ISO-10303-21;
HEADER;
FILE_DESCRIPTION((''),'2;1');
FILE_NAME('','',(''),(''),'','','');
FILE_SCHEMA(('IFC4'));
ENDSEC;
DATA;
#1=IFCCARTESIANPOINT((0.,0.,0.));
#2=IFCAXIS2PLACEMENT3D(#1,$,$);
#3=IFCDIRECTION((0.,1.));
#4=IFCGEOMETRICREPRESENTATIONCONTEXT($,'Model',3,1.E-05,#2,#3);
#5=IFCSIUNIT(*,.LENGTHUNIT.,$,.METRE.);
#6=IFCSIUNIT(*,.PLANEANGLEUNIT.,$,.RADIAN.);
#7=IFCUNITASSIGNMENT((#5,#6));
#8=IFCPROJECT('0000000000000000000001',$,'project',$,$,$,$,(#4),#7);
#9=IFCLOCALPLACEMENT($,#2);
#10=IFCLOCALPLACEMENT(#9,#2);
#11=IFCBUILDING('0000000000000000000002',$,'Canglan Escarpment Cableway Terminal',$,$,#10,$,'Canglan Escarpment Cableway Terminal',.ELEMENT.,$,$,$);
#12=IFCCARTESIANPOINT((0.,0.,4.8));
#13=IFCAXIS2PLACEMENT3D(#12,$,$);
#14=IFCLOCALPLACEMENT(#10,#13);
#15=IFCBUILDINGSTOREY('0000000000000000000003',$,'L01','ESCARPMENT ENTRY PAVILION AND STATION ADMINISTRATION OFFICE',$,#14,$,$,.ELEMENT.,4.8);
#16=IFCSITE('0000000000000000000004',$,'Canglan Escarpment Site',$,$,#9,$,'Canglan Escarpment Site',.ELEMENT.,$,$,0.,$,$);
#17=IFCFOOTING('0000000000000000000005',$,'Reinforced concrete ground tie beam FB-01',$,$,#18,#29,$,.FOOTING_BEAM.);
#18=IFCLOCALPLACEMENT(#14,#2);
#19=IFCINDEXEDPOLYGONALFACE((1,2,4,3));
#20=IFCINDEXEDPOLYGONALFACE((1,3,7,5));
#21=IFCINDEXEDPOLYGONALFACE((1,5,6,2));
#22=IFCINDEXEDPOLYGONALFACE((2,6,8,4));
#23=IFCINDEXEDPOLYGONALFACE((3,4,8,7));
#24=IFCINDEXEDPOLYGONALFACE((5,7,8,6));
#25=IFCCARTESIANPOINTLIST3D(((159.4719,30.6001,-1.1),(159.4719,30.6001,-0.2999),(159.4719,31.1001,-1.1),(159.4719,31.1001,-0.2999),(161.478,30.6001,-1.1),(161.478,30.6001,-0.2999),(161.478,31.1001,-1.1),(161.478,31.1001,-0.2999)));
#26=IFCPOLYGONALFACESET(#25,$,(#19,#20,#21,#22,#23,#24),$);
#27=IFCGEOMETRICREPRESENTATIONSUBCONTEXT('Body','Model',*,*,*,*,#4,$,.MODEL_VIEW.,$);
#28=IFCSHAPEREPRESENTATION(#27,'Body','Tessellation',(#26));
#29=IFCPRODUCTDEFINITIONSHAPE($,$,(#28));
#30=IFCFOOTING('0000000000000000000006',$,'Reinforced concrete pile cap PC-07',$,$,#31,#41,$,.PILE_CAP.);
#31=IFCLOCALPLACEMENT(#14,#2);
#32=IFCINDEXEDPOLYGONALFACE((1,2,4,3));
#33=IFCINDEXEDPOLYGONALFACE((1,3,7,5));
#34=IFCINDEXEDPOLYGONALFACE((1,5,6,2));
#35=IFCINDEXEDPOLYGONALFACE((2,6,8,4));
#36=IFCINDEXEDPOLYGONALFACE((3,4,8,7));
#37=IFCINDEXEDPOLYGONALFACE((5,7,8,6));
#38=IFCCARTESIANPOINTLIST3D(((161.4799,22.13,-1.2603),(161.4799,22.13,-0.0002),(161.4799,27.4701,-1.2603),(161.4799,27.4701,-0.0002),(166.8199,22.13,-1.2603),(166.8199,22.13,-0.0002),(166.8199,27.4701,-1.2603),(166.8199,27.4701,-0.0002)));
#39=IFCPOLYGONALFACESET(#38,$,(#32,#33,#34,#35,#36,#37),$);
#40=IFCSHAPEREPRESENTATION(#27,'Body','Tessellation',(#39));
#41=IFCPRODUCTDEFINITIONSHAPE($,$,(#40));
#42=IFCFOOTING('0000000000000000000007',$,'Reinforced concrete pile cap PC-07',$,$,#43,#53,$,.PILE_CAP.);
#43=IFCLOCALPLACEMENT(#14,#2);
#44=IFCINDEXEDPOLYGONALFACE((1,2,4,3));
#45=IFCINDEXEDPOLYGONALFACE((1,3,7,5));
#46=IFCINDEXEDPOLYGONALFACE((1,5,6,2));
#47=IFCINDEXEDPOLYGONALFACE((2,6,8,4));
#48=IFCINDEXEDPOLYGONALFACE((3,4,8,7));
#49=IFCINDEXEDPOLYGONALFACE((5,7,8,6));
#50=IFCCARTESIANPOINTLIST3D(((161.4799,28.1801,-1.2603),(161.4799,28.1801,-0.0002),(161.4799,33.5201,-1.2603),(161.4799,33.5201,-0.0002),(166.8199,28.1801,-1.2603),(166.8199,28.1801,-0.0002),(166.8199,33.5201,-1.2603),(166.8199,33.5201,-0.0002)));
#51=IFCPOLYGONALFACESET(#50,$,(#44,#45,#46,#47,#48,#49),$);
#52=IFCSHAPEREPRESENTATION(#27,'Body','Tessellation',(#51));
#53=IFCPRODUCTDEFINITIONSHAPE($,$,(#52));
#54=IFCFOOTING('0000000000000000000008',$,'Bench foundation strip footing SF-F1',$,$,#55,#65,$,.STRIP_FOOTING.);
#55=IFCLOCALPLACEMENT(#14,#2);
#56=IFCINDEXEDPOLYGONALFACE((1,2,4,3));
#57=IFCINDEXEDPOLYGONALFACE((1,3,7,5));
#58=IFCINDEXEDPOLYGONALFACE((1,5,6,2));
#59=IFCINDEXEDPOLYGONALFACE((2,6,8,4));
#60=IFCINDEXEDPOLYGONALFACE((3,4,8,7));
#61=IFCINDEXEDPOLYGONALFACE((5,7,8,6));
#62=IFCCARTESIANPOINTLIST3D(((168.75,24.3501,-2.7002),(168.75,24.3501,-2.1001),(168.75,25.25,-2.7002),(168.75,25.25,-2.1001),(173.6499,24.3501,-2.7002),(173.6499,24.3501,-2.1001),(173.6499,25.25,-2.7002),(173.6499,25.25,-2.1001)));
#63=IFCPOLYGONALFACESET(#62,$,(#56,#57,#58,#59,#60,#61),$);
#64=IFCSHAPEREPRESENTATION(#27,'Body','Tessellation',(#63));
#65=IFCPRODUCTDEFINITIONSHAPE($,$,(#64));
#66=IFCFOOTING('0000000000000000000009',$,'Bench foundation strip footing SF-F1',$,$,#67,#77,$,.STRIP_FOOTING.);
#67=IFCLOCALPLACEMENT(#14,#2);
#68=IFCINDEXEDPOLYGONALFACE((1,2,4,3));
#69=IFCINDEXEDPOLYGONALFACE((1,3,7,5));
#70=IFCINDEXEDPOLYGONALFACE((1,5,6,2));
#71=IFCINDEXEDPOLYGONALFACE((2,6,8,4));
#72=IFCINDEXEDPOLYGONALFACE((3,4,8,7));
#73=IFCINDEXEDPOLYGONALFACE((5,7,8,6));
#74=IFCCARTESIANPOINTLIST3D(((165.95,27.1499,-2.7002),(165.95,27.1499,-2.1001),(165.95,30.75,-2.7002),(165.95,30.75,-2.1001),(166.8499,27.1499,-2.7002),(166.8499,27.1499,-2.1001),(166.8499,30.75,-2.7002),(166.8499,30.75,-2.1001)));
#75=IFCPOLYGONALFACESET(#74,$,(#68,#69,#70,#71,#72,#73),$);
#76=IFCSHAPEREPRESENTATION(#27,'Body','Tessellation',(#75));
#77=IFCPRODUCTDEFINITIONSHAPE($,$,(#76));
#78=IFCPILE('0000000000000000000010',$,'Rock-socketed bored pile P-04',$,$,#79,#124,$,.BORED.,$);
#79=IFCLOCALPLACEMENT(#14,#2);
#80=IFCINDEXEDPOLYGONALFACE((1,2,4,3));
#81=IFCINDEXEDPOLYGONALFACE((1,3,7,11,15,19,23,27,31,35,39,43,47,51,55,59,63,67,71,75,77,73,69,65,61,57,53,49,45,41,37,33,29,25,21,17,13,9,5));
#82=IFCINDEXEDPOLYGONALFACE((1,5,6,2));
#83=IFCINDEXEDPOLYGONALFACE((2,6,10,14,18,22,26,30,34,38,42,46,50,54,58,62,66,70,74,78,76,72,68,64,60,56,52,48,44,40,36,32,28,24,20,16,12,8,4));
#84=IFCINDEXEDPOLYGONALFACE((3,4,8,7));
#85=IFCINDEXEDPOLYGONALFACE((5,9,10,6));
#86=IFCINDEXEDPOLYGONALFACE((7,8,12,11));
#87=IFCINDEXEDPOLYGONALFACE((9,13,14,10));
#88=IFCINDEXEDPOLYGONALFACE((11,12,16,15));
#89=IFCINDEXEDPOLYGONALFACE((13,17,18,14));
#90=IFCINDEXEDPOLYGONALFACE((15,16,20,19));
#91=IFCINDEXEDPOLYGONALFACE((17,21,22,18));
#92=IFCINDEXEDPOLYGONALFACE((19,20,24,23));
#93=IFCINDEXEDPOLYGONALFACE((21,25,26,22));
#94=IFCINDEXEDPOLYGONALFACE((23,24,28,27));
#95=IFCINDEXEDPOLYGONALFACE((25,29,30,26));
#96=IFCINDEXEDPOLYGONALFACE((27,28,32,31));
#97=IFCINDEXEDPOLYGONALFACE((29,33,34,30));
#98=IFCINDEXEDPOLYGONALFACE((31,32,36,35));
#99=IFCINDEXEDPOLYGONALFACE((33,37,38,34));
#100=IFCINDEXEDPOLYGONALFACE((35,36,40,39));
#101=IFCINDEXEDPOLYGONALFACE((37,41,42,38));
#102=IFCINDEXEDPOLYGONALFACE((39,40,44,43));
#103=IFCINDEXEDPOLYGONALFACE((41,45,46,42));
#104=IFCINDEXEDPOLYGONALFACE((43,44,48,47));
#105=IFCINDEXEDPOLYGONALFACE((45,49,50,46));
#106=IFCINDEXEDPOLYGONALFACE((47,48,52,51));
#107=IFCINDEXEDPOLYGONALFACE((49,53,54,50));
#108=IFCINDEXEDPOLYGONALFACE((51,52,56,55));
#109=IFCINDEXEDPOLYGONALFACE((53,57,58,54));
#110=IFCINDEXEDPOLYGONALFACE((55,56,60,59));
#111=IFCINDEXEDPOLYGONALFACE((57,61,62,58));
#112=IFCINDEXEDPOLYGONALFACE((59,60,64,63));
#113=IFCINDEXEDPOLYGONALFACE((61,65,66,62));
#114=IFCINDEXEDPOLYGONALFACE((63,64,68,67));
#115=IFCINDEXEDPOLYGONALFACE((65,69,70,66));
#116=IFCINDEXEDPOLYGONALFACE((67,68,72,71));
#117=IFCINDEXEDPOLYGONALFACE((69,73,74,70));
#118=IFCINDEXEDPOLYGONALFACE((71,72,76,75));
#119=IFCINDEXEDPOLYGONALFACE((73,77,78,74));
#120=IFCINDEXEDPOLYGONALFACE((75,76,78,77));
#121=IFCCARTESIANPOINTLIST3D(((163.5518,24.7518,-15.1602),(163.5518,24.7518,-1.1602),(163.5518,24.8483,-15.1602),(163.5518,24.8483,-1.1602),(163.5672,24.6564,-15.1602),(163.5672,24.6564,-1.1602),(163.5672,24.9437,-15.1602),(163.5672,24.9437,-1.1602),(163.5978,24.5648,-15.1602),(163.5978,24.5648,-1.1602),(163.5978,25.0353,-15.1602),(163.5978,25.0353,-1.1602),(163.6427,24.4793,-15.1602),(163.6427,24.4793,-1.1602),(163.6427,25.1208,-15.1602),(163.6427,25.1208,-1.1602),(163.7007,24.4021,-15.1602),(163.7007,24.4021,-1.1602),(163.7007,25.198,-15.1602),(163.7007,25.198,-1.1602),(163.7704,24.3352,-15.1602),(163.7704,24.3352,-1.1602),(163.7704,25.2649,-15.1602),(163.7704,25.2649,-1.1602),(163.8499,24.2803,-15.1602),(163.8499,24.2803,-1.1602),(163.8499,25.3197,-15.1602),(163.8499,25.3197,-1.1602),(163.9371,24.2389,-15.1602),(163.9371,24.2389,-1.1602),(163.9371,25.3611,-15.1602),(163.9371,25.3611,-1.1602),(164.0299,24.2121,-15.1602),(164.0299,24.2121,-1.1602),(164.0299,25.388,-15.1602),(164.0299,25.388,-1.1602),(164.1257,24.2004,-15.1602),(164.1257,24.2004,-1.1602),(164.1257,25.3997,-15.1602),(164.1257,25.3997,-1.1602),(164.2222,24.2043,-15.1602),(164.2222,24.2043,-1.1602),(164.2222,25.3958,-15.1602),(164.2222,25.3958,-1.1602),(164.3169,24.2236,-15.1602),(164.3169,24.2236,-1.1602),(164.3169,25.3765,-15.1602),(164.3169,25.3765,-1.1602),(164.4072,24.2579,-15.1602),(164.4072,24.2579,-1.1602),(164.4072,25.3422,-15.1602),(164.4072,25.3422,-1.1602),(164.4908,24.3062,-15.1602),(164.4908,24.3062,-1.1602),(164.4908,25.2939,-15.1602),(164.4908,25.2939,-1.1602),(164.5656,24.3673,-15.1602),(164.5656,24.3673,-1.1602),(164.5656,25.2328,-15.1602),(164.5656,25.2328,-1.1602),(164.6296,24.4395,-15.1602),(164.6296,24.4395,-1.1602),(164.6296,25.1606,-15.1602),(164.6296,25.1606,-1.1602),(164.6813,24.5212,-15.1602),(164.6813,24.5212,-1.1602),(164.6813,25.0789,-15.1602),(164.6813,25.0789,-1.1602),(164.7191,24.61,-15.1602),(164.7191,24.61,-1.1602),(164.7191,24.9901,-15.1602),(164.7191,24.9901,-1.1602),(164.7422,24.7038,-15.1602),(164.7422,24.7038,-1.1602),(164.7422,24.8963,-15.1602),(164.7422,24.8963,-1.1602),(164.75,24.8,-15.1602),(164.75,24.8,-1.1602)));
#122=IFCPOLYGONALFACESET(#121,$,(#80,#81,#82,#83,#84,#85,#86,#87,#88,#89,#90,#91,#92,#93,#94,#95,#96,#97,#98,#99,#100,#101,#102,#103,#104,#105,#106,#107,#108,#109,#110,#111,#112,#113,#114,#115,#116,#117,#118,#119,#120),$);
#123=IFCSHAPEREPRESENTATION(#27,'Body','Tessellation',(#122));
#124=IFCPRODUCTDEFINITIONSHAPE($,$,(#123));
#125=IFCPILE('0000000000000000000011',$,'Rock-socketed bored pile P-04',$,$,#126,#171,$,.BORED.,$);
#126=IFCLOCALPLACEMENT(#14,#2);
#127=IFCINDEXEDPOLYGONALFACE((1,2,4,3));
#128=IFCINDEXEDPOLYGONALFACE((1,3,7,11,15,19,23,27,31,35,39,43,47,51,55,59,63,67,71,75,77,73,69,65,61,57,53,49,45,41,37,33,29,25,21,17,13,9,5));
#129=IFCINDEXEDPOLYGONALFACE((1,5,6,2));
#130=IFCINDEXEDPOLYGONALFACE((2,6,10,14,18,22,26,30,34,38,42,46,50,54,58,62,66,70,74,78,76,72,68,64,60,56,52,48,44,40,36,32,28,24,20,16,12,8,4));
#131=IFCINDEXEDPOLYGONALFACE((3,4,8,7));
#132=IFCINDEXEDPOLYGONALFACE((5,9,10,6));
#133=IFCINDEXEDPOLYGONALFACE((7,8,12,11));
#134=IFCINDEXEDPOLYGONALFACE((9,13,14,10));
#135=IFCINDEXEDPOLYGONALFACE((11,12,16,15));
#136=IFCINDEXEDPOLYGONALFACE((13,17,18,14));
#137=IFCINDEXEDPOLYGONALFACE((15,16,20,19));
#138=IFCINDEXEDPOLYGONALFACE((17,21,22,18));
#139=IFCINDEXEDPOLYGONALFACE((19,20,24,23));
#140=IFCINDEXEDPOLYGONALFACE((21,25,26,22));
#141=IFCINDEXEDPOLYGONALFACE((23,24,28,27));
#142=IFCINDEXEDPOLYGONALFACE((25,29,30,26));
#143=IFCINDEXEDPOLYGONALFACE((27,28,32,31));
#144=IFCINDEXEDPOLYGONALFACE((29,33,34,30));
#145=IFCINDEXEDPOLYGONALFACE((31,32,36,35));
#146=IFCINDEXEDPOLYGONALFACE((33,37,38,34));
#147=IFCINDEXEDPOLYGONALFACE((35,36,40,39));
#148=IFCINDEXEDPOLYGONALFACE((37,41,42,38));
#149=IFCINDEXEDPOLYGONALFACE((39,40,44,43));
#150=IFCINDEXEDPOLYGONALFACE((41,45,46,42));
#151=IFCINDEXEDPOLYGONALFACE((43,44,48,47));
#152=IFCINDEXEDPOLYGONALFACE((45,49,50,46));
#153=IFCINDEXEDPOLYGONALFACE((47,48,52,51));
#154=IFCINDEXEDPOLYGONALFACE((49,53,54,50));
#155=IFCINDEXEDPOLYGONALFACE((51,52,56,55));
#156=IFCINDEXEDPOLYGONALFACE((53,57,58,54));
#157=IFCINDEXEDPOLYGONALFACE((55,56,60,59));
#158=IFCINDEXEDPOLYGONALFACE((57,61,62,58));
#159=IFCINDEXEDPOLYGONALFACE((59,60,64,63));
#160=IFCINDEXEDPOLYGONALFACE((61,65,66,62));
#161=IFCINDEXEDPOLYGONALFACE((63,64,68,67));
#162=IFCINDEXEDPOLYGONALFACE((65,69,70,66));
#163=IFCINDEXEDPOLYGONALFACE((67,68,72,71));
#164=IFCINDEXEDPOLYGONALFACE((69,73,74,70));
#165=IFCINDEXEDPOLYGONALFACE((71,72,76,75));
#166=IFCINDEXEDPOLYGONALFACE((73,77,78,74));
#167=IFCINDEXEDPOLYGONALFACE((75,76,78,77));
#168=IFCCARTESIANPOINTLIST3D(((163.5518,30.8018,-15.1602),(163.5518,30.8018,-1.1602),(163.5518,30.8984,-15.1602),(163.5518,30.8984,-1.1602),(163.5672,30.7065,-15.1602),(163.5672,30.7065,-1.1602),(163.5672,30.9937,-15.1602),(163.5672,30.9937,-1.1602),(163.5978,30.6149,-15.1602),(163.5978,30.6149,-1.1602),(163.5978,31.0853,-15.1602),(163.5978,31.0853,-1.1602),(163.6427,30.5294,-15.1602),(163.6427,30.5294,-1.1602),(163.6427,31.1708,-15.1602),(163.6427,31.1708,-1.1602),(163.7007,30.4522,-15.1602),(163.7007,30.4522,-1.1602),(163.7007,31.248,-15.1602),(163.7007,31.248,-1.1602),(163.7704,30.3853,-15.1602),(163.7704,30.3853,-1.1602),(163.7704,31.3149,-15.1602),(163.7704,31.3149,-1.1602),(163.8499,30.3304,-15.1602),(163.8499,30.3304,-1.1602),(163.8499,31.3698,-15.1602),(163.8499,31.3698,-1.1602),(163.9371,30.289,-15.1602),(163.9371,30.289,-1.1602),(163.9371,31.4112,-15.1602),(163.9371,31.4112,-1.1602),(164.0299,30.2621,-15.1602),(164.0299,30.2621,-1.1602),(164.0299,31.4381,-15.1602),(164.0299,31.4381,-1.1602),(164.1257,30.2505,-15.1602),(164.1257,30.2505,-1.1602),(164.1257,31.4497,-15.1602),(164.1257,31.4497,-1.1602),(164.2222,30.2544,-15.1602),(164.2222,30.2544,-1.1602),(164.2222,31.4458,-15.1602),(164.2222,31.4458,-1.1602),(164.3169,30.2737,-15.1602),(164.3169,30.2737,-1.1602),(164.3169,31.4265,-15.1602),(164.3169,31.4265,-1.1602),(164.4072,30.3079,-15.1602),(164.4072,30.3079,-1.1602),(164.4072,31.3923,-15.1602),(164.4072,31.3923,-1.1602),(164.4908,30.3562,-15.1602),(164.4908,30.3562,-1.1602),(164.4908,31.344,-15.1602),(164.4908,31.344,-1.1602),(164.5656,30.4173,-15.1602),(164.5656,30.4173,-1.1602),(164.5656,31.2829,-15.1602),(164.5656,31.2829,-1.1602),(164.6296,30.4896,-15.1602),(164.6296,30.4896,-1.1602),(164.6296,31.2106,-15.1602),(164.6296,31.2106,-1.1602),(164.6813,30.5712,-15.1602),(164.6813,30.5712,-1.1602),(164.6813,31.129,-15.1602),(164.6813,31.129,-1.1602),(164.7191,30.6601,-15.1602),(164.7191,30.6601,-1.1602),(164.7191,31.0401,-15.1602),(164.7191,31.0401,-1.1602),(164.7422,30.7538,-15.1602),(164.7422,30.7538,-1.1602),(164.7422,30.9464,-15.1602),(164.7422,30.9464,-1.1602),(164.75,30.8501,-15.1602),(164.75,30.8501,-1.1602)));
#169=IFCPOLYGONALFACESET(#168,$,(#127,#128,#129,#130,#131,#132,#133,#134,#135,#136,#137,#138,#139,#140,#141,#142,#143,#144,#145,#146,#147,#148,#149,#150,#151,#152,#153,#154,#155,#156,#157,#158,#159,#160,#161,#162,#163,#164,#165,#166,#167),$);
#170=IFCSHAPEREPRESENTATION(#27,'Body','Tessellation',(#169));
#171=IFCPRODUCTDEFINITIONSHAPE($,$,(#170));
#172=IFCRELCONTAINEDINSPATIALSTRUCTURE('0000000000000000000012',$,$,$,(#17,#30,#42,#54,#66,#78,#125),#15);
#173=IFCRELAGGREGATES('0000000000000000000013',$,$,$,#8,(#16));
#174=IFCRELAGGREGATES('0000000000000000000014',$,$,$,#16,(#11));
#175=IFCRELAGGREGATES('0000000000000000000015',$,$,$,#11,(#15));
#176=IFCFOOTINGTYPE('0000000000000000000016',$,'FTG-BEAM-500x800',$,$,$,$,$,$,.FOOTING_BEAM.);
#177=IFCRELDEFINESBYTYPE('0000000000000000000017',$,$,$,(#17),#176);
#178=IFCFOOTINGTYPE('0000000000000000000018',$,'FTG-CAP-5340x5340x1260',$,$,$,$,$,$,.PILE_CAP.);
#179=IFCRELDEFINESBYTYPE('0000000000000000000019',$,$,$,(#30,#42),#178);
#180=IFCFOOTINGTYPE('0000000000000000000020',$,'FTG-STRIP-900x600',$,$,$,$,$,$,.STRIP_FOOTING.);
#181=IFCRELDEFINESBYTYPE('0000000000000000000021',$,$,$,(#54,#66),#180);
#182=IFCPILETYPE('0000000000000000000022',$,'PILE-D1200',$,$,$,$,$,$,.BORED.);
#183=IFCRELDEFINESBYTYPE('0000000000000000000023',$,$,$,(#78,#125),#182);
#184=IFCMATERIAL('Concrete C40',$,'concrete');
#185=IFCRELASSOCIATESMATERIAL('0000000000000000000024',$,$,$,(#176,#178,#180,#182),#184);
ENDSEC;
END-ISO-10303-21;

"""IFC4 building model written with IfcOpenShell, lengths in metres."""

from ifc_helpers import new_model, si_unit, direction, frame, origin, origin_2d, place, context, subcontext, project, spatial, rectangle, circle, extrude, material, material_profile, profile_set, type_object, element, save


model = new_model("IFC4")

# Units and contexts
model_context = context("Model", 3, precision=1e-05, world=origin(), true_north=direction((0.0, 1.0)))
body_context = subcontext(model_context, "Body", "Model", "MODEL_VIEW")
ifc_project = project(units=[si_unit("LENGTHUNIT", "METRE"), si_unit("PLANEANGLEUNIT", "RADIAN")], contexts=[model_context])

# Site, building, storey
site_placement = place(None, origin())
site = spatial("IfcSite", under=ifc_project, at=site_placement, Name="Canglan Escarpment Site", LongName="Canglan Escarpment Site", CompositionType="ELEMENT", RefElevation=0.0)
building_placement = place(site_placement, origin())
building = spatial("IfcBuilding", under=site, at=building_placement, Name="Canglan Escarpment Cableway Terminal", LongName="Canglan Escarpment Cableway Terminal", CompositionType="ELEMENT")
storey_placement = place(building_placement, frame((0.0, 0.0, 4.8)))
storey = spatial("IfcBuildingStorey", under=building, at=storey_placement, Name="L01", Description="ESCARPMENT ENTRY PAVILION AND STATION ADMINISTRATION OFFICE", CompositionType="ELEMENT", Elevation=4.8)

# Footings
ifc_material_1 = material(Name="Concrete C40", Category="concrete")
ifc_material_profile_1 = material_profile(ifc_material_1, rectangle(XDim=0.5, YDim=0.8, at=origin_2d()), Name="FB 500x800")
ifc_profile_set_1 = profile_set([ifc_material_profile_1], Name="Concrete C40")
footing_type_1 = type_object("IfcFootingType", Name="FTG-BEAM-500x800", PredefinedType="FOOTING_BEAM", material=ifc_profile_set_1)
footing_1_placement = place(storey_placement, frame((159.4719, 30.8501, -0.7), z_axis=(1.0, 0.0, 0.0), x_axis=(0.0, 1.0, 0.0)))
element("IfcFooting", 1, at=footing_1_placement, inside=storey, type_object=footing_type_1, Name="Reinforced concrete ground tie beam FB-01", PredefinedType="FOOTING_BEAM", context=body_context, shape_type="SweptSolid", body=[
    extrude(rectangle(XDim=0.5, YDim=0.8, at=origin_2d()), origin(), (0.0, 0.0, 1.0), 2.0061),
])
footing_type_2 = type_object("IfcFootingType", Name="FTG-CAP-5340x5340x1260", PredefinedType="PILE_CAP", material=ifc_material_1)
for number, where, z_axis, x_axis, name in (
    (2, (164.1499, 24.8, -1.2603), (0.0, 0.0, 1.0), (1.0, 0.0, 0.0), "Reinforced concrete pile cap PC-07"),
    (3, (164.1499, 30.8501, -1.2603), (0.0, 0.0, 1.0), (1.0, 0.0, 0.0), "Reinforced concrete pile cap PC-07"),
):
    element("IfcFooting", number, at=place(storey_placement, frame(where, z_axis=z_axis, x_axis=x_axis)), inside=storey, type_object=footing_type_2, Name=name, PredefinedType="PILE_CAP", context=body_context, shape_type="SweptSolid", body=[
        extrude(rectangle(XDim=5.3401, YDim=5.3401, at=origin_2d()), origin(), (0.0, 0.0, 1.0), 1.26),
    ])
ifc_material_profile_2 = material_profile(ifc_material_1, rectangle(XDim=0.8999, YDim=0.6001, at=origin_2d()), Name="SF 900x600")
ifc_profile_set_2 = profile_set([ifc_material_profile_2], Name="Concrete C40")
footing_type_3 = type_object("IfcFootingType", Name="FTG-STRIP-900x600", PredefinedType="STRIP_FOOTING", material=ifc_profile_set_2)
footing_2_placement = place(storey_placement, frame((168.75, 24.8, -2.4001), z_axis=(1.0, 0.0, 0.0), x_axis=(0.0, 1.0, 0.0)))
element("IfcFooting", 4, at=footing_2_placement, inside=storey, type_object=footing_type_3, Name="Bench foundation strip footing SF-F1", PredefinedType="STRIP_FOOTING", context=body_context, shape_type="SweptSolid", body=[
    extrude(rectangle(XDim=0.8999, YDim=0.6001, at=origin_2d()), origin(), (0.0, 0.0, 1.0), 4.8999),
])
footing_3_placement = place(storey_placement, frame((166.3999, 27.1499, -2.4001), z_axis=(0.0, 1.0, 0.0), x_axis=(-1.0, 0.0, 0.0)))
element("IfcFooting", 5, at=footing_3_placement, inside=storey, type_object=footing_type_3, Name="Bench foundation strip footing SF-F1", PredefinedType="STRIP_FOOTING", context=body_context, shape_type="SweptSolid", body=[
    extrude(rectangle(XDim=0.8999, YDim=0.6001, at=origin_2d()), origin(), (0.0, 0.0, 1.0), 3.6001),
])

# Piles
ifc_material_profile_3 = material_profile(ifc_material_1, circle(Radius=0.6001, at=origin_2d()), Name="BORED PILE D1200")
ifc_profile_set_3 = profile_set([ifc_material_profile_3], Name="Concrete C40")
pile_type = type_object("IfcPileType", Name="PILE-D1200", PredefinedType="BORED", material=ifc_profile_set_3)
for number, where, z_axis, x_axis, name in (
    (6, (164.1499, 24.8, -1.1602), (0.0, 0.0, -1.0), (1.0, 0.0, 0.0), "Rock-socketed bored pile P-04"),
    (7, (164.1499, 30.8501, -1.1602), (0.0, 0.0, -1.0), (1.0, 0.0, 0.0), "Rock-socketed bored pile P-04"),
):
    element("IfcPile", number, at=place(storey_placement, frame(where, z_axis=z_axis, x_axis=x_axis)), inside=storey, type_object=pile_type, Name=name, PredefinedType="BORED", context=body_context, shape_type="SweptSolid", body=[
        extrude(circle(Radius=0.6001, at=origin_2d()), origin(), (0.0, 0.0, 1.0), 14.0),
    ])

save(model, "model.ifc")
